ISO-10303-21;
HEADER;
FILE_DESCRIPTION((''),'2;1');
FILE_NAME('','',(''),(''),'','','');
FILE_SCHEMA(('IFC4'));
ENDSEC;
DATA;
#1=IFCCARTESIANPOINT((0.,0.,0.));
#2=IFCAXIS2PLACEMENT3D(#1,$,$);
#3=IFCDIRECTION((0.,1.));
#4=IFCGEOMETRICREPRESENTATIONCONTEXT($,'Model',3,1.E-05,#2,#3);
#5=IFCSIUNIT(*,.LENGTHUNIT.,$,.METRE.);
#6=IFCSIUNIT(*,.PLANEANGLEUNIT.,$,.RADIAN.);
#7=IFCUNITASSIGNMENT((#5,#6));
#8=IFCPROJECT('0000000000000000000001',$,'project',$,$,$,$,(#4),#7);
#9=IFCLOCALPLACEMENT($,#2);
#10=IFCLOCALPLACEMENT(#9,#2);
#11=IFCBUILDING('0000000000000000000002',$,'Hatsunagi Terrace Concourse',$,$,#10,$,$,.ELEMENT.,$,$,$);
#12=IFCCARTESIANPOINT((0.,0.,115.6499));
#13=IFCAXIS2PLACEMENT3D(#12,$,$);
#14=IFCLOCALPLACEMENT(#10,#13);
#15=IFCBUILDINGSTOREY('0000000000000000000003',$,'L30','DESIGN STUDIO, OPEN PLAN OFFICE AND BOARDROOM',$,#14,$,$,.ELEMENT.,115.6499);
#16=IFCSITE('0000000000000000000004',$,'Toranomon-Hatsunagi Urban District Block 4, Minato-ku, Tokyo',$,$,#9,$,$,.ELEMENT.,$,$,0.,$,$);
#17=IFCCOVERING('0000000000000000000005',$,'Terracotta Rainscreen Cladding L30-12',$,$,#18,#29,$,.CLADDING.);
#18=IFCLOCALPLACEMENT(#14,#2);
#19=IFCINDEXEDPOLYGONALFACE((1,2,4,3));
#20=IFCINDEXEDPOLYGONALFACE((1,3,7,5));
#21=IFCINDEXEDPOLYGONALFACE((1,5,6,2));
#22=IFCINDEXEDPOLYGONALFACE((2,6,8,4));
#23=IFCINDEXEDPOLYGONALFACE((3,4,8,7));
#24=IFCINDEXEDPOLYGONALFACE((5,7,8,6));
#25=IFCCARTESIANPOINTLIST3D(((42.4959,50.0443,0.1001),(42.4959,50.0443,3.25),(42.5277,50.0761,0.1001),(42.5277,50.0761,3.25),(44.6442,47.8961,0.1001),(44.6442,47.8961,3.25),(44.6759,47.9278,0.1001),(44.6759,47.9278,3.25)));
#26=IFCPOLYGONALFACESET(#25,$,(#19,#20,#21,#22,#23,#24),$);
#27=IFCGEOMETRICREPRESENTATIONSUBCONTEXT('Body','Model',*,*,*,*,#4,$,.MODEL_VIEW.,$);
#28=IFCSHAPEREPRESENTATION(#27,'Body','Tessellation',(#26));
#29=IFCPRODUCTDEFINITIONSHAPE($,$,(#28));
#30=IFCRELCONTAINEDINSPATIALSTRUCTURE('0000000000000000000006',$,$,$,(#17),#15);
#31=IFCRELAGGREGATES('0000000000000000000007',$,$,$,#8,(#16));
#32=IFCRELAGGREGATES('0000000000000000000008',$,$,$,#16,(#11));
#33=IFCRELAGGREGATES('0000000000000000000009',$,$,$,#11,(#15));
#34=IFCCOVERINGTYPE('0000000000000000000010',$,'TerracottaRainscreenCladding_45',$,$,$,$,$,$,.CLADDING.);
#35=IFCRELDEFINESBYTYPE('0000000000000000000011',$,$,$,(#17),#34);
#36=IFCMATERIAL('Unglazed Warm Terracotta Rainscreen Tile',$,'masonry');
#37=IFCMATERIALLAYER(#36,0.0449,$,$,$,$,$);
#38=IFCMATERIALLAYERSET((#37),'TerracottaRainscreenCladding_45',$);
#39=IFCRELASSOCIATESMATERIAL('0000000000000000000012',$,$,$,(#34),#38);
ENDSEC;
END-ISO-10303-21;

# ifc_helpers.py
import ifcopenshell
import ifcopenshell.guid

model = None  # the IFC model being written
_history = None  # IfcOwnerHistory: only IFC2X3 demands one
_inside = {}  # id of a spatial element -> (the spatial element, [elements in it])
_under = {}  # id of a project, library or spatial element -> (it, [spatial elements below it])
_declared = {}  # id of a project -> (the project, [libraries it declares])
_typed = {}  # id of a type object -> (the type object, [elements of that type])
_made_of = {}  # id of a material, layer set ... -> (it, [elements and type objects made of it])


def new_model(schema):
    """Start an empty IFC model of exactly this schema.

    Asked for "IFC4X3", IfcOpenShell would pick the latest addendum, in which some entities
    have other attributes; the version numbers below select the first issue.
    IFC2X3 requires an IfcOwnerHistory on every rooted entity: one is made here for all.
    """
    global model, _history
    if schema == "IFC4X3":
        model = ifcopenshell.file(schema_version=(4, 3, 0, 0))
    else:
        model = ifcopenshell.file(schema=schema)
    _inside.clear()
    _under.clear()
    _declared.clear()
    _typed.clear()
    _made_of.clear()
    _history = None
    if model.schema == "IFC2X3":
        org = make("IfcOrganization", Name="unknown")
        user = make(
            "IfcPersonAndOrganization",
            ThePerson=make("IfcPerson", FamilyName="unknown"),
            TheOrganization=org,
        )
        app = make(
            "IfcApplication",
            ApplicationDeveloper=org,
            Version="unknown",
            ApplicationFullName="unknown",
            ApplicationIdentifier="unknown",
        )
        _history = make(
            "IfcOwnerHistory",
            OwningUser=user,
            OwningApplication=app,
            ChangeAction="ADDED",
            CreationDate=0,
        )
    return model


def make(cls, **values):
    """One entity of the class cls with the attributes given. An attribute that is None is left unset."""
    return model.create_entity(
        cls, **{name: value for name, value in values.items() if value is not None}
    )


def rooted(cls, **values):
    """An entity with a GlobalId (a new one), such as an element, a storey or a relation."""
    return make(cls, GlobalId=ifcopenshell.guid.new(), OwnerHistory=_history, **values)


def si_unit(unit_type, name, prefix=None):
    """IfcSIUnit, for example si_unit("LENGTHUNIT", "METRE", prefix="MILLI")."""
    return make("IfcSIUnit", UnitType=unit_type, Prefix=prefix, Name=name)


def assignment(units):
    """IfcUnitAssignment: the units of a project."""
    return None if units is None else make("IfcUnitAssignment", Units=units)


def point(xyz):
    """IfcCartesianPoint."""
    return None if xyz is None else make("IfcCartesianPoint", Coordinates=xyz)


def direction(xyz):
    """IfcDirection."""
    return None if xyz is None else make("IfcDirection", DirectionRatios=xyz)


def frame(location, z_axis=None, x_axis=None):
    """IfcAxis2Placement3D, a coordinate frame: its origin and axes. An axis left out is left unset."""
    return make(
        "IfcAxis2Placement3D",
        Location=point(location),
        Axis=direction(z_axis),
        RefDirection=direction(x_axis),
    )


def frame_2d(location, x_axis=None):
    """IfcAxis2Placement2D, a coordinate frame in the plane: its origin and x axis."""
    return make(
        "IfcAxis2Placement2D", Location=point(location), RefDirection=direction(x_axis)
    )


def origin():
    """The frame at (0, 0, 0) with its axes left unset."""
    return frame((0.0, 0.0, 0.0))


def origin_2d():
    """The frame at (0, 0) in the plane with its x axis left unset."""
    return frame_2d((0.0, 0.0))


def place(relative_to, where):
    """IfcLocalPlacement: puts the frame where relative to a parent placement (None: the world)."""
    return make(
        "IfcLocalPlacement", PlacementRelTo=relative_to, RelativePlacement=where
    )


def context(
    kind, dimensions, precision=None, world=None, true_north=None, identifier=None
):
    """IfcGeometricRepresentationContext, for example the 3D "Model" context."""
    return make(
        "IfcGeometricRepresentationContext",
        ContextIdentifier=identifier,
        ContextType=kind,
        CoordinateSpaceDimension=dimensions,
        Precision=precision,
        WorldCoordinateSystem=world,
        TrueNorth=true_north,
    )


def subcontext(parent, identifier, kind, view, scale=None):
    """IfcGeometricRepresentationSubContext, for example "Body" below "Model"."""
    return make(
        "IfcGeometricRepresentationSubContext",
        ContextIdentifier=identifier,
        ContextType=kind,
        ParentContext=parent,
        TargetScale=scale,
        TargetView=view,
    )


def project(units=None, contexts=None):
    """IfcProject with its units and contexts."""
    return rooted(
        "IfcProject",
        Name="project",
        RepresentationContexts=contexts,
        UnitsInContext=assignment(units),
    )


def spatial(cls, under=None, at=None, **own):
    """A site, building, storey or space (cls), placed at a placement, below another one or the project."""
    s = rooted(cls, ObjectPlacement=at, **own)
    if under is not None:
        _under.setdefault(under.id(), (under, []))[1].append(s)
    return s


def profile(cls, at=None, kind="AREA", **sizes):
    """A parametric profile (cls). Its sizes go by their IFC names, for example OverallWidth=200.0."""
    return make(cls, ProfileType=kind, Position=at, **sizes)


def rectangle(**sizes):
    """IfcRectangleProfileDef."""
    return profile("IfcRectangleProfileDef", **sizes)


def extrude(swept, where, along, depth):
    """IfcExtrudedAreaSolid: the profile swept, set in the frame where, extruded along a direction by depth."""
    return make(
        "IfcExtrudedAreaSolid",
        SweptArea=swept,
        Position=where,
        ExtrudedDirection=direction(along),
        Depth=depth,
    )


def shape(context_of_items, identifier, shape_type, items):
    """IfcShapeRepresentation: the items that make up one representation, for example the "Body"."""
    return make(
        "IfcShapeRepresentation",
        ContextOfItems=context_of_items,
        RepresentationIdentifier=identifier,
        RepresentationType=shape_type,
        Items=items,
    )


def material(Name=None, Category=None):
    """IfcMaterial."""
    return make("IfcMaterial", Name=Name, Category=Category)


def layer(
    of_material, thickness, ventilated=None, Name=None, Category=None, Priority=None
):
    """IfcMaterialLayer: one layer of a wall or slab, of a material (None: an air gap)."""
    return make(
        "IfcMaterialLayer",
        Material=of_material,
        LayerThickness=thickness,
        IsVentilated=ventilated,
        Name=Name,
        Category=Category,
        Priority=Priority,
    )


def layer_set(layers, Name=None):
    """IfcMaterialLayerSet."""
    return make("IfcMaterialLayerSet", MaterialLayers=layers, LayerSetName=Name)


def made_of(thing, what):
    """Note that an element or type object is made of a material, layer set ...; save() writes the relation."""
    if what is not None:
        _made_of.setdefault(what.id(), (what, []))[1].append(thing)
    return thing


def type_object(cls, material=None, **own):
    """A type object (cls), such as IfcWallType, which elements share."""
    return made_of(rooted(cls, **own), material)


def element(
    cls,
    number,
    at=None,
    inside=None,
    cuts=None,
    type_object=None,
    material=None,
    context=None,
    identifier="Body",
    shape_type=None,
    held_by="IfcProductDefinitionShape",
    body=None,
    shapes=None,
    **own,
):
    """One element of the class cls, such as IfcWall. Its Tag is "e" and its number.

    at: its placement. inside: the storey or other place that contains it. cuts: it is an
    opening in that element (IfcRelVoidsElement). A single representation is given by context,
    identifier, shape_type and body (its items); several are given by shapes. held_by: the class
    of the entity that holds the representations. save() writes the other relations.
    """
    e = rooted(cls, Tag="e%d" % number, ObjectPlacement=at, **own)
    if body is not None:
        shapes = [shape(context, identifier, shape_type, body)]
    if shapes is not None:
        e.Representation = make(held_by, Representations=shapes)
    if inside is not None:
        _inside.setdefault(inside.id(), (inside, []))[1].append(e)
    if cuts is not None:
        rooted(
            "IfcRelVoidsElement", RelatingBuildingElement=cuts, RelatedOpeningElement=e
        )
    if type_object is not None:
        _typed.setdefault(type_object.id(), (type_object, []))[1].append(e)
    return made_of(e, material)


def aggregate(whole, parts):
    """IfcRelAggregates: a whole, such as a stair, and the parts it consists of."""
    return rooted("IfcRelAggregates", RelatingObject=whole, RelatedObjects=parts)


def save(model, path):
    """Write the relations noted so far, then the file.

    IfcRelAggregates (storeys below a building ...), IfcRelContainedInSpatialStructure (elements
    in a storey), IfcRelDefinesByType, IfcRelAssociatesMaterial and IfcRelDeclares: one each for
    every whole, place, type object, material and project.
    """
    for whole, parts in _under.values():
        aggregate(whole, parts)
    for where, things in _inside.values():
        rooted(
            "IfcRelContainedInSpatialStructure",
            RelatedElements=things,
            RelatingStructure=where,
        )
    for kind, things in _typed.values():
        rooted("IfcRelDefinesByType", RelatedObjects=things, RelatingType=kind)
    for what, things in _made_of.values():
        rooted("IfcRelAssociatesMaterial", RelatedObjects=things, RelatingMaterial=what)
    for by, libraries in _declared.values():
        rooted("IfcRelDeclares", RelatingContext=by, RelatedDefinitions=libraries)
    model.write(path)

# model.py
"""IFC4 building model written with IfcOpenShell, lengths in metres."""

from ifc_helpers import new_model, si_unit, direction, frame, origin, origin_2d, place, context, subcontext, project, spatial, rectangle, extrude, material, layer, layer_set, type_object, element, save


model = new_model("IFC4")

# Units and contexts
model_context = context("Model", 3, precision=1e-05, world=origin(), true_north=direction((0.0, 1.0)))
body_context = subcontext(model_context, "Body", "Model", "MODEL_VIEW")
ifc_project = project(units=[si_unit("LENGTHUNIT", "METRE"), si_unit("PLANEANGLEUNIT", "RADIAN")], contexts=[model_context])

# Site, building, storey
site_placement = place(None, origin())
site = spatial("IfcSite", under=ifc_project, at=site_placement, Name="Toranomon-Hatsunagi Urban District Block 4, Minato-ku, Tokyo", CompositionType="ELEMENT", RefElevation=0.0)
building_placement = place(site_placement, origin())
building = spatial("IfcBuilding", under=site, at=building_placement, Name="Hatsunagi Terrace Concourse", CompositionType="ELEMENT")
storey_placement = place(building_placement, frame((0.0, 0.0, 115.6499)))
storey = spatial("IfcBuildingStorey", under=building, at=storey_placement, Name="L30", Description="DESIGN STUDIO, OPEN PLAN OFFICE AND BOARDROOM", CompositionType="ELEMENT", Elevation=115.6499)

# Covering
ifc_material_1 = material(Name="Unglazed Warm Terracotta Rainscreen Tile", Category="masonry")
ifc_layer_1 = layer(ifc_material_1, 0.0449)
ifc_layer_set_1 = layer_set([ifc_layer_1], Name="TerracottaRainscreenCladding_45")
covering_type = type_object("IfcCoveringType", Name="TerracottaRainscreenCladding_45", PredefinedType="CLADDING", material=ifc_layer_set_1)
covering_placement = place(storey_placement, frame((43.5859, 48.9861, 0.1001), z_axis=(0.0, 0.0, 1.0), x_axis=(0.707107, -0.707107, 0.0)))
element("IfcCovering", 1, at=covering_placement, inside=storey, type_object=covering_type, Name="Terracotta Rainscreen Cladding L30-12", PredefinedType="CLADDING", context=body_context, shape_type="SweptSolid", body=[
    extrude(rectangle(XDim=3.0381, YDim=0.0449, at=origin_2d()), origin(), (0.0, 0.0, 1.0), 3.1499),
])

save(model, "model.ifc")
